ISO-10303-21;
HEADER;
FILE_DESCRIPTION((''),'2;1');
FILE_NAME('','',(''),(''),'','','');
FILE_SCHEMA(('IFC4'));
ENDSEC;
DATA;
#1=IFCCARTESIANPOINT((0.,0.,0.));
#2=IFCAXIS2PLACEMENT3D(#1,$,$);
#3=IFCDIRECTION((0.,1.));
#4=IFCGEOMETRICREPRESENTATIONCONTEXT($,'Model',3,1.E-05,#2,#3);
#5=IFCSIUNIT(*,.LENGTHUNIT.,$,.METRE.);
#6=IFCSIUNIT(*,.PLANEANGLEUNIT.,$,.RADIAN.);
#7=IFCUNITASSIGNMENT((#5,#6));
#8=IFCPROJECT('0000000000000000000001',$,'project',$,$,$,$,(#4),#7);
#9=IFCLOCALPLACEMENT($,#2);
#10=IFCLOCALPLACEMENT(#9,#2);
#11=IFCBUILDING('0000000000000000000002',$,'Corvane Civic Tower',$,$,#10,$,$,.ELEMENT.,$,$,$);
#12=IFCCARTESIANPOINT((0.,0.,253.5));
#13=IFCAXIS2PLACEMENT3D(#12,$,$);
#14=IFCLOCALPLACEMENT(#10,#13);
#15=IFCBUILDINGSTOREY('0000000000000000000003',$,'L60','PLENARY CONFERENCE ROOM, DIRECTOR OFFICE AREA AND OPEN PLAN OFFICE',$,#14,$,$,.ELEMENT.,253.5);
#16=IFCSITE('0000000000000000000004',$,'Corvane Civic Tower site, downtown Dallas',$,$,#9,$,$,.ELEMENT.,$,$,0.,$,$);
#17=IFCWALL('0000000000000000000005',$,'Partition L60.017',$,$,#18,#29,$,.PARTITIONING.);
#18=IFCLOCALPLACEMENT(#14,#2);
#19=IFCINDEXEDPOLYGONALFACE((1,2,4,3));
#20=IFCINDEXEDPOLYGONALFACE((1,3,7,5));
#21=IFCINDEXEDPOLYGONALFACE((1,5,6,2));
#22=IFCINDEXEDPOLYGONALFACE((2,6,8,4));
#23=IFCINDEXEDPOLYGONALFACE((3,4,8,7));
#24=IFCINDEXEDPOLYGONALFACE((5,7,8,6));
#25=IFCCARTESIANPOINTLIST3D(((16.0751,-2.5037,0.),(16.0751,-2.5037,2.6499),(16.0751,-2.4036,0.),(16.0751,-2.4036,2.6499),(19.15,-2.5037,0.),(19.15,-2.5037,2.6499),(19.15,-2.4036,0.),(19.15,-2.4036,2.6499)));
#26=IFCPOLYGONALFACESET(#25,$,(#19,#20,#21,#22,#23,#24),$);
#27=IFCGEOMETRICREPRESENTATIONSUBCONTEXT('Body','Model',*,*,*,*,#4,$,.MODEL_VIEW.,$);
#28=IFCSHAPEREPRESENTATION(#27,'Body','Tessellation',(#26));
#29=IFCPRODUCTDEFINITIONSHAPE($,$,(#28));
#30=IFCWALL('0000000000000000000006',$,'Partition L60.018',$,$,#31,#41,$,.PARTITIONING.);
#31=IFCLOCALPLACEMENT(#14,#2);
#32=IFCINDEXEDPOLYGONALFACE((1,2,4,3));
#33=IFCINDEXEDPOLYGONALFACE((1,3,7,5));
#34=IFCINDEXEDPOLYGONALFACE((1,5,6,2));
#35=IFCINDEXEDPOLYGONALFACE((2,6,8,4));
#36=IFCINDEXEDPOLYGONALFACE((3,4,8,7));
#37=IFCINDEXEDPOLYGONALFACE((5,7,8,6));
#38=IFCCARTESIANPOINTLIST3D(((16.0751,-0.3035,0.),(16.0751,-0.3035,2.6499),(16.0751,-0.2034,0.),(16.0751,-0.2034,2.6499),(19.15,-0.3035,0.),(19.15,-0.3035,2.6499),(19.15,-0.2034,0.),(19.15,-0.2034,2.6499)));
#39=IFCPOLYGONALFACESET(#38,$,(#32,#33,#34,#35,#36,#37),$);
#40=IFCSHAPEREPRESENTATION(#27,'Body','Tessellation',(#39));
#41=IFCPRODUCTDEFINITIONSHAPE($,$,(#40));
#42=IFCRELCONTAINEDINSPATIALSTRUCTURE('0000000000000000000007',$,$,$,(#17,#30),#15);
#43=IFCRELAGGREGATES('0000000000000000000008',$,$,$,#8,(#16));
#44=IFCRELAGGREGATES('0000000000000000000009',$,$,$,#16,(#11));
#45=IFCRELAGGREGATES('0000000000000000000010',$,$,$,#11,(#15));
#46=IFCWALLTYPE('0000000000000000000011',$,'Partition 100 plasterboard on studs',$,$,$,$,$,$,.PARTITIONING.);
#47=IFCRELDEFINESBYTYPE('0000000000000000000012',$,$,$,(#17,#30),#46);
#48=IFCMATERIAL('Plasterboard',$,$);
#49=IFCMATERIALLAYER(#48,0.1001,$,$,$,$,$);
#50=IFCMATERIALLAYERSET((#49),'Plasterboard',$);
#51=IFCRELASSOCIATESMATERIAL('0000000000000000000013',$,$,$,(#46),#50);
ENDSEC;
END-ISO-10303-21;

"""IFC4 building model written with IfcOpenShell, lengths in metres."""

from ifc_helpers import new_model, si_unit, direction, frame, frame_2d, origin, place, context, subcontext, project, spatial, rectangle, extrude, material, layer, layer_set, type_object, element, save


model = new_model("IFC4")

# Units and contexts
model_context = context("Model", 3, precision=1e-05, world=origin(), true_north=direction((0.0, 1.0)))
body_context = subcontext(model_context, "Body", "Model", "MODEL_VIEW")
ifc_project = project(units=[si_unit("LENGTHUNIT", "METRE"), si_unit("PLANEANGLEUNIT", "RADIAN")], contexts=[model_context])

# Site, building, storey
site_placement = place(None, origin())
site = spatial("IfcSite", under=ifc_project, at=site_placement, Name="Corvane Civic Tower site, downtown Dallas", CompositionType="ELEMENT", RefElevation=0.0)
building_placement = place(site_placement, origin())
building = spatial("IfcBuilding", under=site, at=building_placement, Name="Corvane Civic Tower", CompositionType="ELEMENT")
storey_placement = place(building_placement, frame((0.0, 0.0, 253.5)))
storey = spatial("IfcBuildingStorey", under=building, at=storey_placement, Name="L60", Description="PLENARY CONFERENCE ROOM, DIRECTOR OFFICE AREA AND OPEN PLAN OFFICE", CompositionType="ELEMENT", Elevation=253.5)

# Shared definitions
ifc_material_1 = material(Name="Plasterboard")
ifc_layer_1 = layer(ifc_material_1, 0.1001)
ifc_layer_set_1 = layer_set([ifc_layer_1], Name="Plasterboard")
wall_type = type_object("IfcWallType", Name="Partition 100 plasterboard on studs", PredefinedType="PARTITIONING", material=ifc_layer_set_1)

# Walls
for number, where, z_axis, x_axis, name in (
    (1, (16.075, -2.4536, 0.0), (0.0, 0.0, 1.0), (1.0, 0.0, 0.0), "Partition L60.017"),
    (2, (16.075, -0.2534, 0.0), (0.0, 0.0, 1.0), (1.0, 0.0, 0.0), "Partition L60.018"),
):
    element("IfcWall", number, at=place(storey_placement, frame(where, z_axis=z_axis, x_axis=x_axis)), inside=storey, type_object=wall_type, Name=name, PredefinedType="PARTITIONING", context=body_context, shape_type="SweptSolid", body=[
        extrude(rectangle(XDim=3.075, YDim=0.1001, at=frame_2d((1.5376, 0.0))), origin(), (0.0, 0.0, 1.0), 2.6499),
    ])

save(model, "model.ifc")
